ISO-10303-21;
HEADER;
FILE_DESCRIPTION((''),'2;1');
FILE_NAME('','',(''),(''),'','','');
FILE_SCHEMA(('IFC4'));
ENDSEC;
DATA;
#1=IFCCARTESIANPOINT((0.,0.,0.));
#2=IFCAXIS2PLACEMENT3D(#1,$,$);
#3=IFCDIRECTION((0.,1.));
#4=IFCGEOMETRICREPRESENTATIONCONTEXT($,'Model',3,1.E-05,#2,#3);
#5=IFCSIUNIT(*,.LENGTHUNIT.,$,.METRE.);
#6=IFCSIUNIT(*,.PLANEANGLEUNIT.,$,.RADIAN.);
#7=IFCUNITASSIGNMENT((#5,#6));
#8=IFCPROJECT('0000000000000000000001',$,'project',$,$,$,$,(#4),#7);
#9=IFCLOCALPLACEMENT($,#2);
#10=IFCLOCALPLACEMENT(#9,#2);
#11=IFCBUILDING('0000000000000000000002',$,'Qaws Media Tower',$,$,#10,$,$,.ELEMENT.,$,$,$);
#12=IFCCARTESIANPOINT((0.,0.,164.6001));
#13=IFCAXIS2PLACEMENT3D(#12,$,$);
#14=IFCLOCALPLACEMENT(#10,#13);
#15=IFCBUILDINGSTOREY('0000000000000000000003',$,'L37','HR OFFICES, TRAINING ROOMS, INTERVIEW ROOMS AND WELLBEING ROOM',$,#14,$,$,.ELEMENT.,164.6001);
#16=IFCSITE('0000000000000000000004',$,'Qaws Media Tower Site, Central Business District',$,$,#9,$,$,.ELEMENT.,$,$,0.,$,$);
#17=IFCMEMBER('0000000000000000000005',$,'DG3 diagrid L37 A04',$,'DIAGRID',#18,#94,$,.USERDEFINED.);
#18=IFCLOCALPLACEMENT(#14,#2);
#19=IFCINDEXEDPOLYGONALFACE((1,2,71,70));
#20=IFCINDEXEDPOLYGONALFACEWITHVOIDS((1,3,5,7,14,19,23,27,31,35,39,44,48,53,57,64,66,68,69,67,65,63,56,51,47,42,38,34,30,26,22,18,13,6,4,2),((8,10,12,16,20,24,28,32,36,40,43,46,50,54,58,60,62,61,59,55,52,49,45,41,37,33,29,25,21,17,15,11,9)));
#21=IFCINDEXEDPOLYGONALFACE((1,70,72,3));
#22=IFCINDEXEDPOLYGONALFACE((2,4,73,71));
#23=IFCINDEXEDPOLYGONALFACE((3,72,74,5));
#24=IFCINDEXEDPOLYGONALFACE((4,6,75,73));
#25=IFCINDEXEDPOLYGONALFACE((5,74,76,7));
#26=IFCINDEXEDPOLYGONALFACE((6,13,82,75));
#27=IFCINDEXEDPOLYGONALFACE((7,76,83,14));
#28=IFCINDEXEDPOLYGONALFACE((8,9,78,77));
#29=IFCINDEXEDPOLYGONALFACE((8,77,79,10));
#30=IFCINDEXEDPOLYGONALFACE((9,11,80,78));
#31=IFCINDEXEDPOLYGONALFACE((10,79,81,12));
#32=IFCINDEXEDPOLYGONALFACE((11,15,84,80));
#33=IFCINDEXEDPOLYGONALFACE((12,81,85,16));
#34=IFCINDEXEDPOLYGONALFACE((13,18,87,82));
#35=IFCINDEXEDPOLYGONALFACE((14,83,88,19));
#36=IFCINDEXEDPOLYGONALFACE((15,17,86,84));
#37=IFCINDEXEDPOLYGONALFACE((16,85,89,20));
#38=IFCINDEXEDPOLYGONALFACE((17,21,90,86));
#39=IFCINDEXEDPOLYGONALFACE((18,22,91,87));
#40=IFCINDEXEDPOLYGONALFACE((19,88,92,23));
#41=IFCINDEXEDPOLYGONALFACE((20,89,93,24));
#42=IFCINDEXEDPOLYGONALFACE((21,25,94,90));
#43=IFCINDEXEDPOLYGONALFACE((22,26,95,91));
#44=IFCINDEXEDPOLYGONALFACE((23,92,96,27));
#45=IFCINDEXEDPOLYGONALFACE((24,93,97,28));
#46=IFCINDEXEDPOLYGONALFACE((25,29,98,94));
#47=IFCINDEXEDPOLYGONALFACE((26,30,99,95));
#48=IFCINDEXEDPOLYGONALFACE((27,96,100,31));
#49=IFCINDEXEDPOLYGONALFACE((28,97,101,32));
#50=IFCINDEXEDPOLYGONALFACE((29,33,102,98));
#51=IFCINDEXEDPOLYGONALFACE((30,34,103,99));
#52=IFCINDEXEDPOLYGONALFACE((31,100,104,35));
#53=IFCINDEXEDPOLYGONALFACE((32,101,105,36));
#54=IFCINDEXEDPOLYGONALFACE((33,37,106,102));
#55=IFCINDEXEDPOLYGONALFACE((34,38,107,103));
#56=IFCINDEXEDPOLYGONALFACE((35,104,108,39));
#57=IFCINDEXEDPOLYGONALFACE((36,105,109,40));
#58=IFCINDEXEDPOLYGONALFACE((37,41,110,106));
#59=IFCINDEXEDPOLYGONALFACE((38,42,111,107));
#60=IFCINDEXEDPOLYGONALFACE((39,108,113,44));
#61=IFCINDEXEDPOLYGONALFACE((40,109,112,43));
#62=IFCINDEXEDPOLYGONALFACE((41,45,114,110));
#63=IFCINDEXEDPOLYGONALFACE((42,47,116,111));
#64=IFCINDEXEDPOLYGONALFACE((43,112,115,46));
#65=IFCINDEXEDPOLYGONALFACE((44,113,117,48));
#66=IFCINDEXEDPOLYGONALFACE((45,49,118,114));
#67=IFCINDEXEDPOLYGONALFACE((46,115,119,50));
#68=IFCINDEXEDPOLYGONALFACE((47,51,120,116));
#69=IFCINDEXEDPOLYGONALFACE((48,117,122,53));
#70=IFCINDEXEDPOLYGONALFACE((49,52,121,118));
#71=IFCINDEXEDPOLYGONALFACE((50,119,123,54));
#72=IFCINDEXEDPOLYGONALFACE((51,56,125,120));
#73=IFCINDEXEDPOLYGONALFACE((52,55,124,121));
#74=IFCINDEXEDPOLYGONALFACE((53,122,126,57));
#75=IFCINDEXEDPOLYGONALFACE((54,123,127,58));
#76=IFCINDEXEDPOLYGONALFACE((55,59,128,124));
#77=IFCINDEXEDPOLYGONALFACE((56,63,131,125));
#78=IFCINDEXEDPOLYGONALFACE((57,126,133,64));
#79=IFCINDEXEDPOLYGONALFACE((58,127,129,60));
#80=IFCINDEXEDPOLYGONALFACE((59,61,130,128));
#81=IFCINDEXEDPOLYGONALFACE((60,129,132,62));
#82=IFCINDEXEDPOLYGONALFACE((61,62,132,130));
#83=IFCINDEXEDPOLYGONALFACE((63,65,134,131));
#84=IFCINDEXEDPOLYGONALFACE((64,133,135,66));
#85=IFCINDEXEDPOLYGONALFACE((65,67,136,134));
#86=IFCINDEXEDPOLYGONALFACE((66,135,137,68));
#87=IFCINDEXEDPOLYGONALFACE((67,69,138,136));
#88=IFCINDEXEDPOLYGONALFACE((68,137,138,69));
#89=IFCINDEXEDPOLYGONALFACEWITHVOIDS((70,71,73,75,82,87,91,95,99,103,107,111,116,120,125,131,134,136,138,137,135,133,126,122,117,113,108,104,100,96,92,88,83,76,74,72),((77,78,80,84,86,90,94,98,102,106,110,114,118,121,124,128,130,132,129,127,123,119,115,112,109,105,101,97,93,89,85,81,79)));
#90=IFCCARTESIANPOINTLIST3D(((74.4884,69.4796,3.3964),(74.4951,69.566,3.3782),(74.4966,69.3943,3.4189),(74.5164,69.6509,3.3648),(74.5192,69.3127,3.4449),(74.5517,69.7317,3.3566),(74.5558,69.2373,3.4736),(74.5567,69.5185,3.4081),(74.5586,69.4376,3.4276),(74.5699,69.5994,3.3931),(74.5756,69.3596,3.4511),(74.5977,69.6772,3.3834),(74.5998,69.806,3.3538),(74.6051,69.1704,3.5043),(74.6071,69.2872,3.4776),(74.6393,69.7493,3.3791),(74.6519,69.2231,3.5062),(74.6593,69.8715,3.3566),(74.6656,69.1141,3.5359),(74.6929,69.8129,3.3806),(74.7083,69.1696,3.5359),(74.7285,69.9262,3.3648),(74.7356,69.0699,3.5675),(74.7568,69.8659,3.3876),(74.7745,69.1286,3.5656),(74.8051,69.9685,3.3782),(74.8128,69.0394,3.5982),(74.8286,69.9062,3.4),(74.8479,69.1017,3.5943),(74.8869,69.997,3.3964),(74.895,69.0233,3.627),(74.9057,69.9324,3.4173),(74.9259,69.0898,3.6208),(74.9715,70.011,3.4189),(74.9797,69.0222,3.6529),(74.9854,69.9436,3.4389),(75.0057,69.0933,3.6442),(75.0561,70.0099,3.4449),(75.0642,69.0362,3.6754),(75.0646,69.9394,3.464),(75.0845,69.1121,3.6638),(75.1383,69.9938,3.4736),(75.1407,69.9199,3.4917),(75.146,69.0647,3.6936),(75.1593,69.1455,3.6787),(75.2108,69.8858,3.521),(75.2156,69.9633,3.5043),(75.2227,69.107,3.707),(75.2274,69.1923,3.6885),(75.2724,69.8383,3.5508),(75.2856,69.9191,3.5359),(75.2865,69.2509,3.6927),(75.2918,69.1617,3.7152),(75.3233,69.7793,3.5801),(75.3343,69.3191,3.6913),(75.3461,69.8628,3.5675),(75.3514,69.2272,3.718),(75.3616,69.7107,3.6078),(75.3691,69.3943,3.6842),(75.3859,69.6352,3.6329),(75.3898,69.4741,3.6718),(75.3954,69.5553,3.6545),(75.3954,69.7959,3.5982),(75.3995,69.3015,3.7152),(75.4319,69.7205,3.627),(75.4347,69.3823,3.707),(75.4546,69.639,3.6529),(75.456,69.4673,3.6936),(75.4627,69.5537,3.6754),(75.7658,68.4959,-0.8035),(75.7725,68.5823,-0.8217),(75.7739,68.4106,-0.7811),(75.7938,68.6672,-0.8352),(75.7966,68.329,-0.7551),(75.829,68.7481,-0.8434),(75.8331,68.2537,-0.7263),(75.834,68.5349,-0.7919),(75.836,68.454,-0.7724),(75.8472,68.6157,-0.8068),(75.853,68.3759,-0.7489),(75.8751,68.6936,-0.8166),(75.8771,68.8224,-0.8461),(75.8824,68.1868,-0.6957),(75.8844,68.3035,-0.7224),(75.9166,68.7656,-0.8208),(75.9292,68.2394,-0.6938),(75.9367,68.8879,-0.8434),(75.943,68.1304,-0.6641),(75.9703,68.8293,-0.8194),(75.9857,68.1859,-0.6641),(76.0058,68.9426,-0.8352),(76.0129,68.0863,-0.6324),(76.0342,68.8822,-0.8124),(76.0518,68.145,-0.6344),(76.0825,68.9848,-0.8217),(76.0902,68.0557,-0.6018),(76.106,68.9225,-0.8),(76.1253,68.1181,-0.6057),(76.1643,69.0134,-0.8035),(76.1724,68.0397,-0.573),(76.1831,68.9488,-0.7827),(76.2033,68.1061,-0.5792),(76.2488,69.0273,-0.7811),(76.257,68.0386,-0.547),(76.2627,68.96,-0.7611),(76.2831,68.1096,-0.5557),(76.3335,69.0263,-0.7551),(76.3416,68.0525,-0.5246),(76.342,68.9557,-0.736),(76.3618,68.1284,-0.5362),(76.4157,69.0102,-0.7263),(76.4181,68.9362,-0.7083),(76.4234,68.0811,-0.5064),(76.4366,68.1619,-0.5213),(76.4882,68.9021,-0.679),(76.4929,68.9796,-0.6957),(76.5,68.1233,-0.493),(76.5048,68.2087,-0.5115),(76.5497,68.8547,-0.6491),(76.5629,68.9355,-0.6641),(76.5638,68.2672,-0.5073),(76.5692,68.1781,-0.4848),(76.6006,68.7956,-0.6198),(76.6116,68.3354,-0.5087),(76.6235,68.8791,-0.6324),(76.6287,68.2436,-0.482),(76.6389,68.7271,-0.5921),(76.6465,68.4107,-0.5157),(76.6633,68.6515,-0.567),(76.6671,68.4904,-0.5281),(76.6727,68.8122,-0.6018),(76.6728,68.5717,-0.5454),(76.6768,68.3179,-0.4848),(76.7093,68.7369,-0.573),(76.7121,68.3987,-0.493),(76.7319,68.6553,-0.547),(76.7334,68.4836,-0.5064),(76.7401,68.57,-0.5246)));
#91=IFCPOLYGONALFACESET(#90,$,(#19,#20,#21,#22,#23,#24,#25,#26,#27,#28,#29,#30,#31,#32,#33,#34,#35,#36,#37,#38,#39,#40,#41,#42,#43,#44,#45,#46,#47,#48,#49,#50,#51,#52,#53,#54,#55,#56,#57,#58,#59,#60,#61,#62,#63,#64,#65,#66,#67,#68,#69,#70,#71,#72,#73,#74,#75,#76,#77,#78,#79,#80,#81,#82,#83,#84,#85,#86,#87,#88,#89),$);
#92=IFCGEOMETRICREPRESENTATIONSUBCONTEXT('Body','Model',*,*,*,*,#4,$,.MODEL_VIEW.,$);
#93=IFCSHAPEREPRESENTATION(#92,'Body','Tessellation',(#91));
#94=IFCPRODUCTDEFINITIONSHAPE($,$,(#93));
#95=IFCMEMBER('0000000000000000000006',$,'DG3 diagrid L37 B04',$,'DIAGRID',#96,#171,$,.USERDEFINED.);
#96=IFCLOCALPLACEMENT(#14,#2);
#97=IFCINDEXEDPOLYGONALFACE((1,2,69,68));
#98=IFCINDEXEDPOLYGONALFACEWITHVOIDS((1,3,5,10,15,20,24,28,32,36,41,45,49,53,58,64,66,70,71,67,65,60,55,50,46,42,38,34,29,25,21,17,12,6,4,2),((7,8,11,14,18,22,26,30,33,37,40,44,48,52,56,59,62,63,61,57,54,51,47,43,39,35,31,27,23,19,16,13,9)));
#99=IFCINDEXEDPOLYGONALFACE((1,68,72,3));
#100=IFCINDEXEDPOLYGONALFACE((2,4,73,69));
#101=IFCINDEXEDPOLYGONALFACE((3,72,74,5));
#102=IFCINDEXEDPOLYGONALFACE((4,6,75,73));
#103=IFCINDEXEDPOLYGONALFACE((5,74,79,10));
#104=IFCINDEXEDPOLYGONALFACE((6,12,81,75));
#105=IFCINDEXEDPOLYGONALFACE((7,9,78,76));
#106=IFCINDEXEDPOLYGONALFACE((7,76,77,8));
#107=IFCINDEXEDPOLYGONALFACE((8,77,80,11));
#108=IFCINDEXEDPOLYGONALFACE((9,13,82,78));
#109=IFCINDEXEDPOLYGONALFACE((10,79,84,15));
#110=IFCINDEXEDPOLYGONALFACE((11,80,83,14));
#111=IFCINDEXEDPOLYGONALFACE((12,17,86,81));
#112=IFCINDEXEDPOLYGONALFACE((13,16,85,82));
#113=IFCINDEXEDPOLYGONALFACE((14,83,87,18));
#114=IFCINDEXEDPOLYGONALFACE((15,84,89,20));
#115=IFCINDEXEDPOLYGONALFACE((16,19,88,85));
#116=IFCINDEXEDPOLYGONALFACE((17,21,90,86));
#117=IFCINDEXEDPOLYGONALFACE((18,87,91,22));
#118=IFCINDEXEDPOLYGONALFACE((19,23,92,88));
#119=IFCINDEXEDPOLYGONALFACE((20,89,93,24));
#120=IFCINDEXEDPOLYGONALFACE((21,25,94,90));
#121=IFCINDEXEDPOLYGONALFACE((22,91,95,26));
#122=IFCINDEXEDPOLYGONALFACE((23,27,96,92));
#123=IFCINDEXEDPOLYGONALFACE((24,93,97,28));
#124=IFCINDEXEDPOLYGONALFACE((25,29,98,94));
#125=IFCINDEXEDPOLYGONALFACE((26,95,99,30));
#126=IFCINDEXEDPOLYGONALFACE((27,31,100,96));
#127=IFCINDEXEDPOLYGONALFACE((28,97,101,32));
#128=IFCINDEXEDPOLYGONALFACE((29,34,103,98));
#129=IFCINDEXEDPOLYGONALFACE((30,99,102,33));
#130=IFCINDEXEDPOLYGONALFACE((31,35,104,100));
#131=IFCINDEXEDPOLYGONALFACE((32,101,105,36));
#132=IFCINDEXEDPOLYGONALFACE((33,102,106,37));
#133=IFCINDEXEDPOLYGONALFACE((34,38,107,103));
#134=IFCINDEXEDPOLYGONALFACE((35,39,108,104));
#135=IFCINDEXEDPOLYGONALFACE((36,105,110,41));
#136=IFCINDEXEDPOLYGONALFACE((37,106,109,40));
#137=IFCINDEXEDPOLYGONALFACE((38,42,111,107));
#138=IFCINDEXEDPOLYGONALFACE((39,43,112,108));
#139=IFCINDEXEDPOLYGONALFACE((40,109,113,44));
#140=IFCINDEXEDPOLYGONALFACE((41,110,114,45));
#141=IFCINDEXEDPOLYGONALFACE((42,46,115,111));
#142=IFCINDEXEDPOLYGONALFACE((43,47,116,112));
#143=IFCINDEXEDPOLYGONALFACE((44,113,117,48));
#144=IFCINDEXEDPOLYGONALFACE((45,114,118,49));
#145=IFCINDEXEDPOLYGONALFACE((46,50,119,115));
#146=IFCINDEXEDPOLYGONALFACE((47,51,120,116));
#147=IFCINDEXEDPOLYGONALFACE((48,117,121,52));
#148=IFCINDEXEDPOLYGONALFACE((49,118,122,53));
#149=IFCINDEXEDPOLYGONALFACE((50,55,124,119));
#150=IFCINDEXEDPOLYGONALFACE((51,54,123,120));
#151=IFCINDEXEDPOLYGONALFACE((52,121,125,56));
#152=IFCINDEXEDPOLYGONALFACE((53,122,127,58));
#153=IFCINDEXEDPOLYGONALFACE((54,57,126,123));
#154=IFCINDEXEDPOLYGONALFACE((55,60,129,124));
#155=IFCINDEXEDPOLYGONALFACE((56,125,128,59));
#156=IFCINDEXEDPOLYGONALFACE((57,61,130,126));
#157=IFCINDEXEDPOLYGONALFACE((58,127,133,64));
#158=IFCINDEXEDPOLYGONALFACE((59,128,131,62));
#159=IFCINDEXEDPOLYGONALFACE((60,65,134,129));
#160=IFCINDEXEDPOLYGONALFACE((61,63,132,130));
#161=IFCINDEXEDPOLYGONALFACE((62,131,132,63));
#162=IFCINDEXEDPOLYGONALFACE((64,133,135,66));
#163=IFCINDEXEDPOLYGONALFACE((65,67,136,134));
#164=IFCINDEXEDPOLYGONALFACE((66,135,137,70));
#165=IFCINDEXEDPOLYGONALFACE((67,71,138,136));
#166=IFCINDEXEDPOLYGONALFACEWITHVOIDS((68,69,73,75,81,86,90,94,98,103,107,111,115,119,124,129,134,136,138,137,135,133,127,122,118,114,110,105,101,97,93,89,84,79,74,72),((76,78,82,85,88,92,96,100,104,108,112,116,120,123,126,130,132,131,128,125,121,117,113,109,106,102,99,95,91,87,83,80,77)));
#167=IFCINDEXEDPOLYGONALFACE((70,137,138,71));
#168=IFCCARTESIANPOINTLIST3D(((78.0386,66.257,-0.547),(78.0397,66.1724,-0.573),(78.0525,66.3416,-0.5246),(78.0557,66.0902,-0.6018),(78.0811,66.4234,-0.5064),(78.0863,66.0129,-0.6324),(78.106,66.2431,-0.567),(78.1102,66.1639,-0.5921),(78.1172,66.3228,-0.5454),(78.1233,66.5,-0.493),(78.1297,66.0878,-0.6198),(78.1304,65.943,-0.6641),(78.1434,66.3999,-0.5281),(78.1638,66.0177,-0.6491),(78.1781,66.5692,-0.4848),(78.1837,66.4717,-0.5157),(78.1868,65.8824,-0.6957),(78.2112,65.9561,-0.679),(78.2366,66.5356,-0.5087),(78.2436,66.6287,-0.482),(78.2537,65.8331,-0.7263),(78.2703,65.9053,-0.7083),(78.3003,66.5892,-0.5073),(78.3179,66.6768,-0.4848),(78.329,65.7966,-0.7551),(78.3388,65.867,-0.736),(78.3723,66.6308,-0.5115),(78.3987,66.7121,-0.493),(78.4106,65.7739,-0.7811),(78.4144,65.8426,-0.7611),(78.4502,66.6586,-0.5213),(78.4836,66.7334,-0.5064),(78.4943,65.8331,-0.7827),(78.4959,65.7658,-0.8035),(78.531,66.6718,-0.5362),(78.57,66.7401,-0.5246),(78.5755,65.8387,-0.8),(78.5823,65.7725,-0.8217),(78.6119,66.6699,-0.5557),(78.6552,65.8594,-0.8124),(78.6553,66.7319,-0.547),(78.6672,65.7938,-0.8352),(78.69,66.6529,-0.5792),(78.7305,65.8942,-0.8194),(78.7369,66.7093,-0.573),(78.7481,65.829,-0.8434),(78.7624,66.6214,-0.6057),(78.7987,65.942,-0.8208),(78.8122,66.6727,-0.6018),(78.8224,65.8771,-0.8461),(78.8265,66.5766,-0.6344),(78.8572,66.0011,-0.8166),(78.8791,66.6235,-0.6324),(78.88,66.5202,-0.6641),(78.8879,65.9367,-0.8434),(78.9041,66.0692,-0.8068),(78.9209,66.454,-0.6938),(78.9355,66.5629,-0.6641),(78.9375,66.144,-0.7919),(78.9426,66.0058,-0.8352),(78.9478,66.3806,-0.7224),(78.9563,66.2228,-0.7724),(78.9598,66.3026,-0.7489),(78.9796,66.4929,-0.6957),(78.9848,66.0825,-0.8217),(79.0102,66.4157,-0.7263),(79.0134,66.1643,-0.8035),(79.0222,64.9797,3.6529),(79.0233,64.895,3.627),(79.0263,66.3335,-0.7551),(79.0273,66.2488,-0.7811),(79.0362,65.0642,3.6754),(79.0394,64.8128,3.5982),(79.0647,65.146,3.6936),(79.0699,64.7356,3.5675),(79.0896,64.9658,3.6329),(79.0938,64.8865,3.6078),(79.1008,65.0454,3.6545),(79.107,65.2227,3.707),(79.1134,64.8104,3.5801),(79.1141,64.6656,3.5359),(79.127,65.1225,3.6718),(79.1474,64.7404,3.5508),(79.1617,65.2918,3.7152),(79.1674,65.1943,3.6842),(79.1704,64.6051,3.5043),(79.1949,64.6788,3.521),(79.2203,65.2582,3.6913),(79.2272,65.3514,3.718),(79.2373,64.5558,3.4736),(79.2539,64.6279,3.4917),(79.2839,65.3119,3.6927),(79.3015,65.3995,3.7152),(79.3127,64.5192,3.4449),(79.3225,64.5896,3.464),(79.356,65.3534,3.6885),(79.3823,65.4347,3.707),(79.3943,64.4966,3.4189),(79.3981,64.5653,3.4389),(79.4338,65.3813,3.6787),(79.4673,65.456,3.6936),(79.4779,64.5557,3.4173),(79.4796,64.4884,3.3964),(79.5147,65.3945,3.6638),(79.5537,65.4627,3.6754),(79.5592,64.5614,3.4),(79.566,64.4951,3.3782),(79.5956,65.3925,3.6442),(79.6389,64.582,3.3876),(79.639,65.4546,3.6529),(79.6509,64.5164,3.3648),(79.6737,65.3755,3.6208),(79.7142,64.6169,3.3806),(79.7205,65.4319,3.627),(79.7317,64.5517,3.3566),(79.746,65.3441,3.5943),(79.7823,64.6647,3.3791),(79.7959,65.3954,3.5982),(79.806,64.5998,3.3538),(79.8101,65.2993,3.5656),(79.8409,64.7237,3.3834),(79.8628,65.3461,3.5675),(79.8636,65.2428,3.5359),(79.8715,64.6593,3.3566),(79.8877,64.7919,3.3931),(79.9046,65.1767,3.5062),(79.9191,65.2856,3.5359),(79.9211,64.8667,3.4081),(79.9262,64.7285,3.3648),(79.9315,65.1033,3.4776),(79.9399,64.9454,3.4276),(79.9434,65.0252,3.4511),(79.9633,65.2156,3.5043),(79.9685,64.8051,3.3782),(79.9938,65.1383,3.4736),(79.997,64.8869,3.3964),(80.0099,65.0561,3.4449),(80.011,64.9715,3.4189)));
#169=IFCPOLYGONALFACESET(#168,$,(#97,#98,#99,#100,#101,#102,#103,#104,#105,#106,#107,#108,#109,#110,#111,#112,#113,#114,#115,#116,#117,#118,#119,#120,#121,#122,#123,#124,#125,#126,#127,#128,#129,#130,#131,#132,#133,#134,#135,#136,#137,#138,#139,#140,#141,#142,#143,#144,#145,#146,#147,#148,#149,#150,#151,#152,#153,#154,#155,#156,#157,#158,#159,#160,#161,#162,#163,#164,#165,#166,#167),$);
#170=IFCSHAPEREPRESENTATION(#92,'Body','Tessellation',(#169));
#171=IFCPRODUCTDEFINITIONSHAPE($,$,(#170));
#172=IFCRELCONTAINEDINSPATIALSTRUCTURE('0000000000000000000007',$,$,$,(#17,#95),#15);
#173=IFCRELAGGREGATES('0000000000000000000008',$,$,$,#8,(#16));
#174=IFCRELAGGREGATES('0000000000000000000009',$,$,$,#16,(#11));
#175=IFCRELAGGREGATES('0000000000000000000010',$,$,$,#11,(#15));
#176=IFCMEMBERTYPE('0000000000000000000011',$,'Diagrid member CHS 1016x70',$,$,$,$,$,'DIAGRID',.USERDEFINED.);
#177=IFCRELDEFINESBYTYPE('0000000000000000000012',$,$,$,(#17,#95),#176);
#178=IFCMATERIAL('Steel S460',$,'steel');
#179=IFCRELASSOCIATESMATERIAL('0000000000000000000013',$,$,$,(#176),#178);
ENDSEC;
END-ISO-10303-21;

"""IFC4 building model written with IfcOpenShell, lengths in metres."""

from ifc_helpers import new_model, si_unit, direction, frame, origin, origin_2d, place, context, subcontext, project, spatial, hollow_circle, extrude, material, material_profile, profile_set, type_object, element, save


model = new_model("IFC4")

# Units and contexts
model_context = context("Model", 3, precision=1e-05, world=origin(), true_north=direction((0.0, 1.0)))
body_context = subcontext(model_context, "Body", "Model", "MODEL_VIEW")
ifc_project = project(units=[si_unit("LENGTHUNIT", "METRE"), si_unit("PLANEANGLEUNIT", "RADIAN")], contexts=[model_context])

# Site, building, storey
site_placement = place(None, origin())
site = spatial("IfcSite", under=ifc_project, at=site_placement, Name="Qaws Media Tower Site, Central Business District", CompositionType="ELEMENT", RefElevation=0.0)
building_placement = place(site_placement, origin())
building = spatial("IfcBuilding", under=site, at=building_placement, Name="Qaws Media Tower", CompositionType="ELEMENT")
storey_placement = place(building_placement, frame((0.0, 0.0, 164.6001)))
storey = spatial("IfcBuildingStorey", under=building, at=storey_placement, Name="L37", Description="HR OFFICES, TRAINING ROOMS, INTERVIEW ROOMS AND WELLBEING ROOM", CompositionType="ELEMENT", Elevation=164.6001)

# Members
ifc_material_1 = material(Name="Steel S460", Category="steel")
ifc_material_profile_1 = material_profile(ifc_material_1, hollow_circle(Radius=0.5081, WallThickness=0.0701, at=origin_2d()), Name="CHS 1016x70")
ifc_profile_set_1 = profile_set([ifc_material_profile_1], Name="Steel S460")
member_type_1 = type_object("IfcMemberType", Name="Diagrid member CHS 1016x70", ElementType="DIAGRID", PredefinedType="USERDEFINED", material=ifc_profile_set_1)
for number, where, z_axis, x_axis, name in (
    (1, (76.2529, 68.533, -0.6641), (-0.283933, 0.218648, 0.933582), (-0.610128, -0.792303, 0.0), "DG3 diagrid L37 A04"),
    (2, (78.533, 66.2529, -0.6641), (0.218648, -0.283933, 0.933582), (0.792303, 0.610128, 0.0), "DG3 diagrid L37 B04"),
):
    element("IfcMember", number, at=place(storey_placement, frame(where, z_axis=z_axis, x_axis=x_axis)), inside=storey, type_object=member_type_1, Name=name, ObjectType="DIAGRID", PredefinedType="USERDEFINED", context=body_context, shape_type="SweptSolid", body=[
        extrude(hollow_circle(Radius=0.5081, WallThickness=0.0701, at=origin_2d()), origin(), (0.0, 0.0, 1.0), 4.4988),
    ])

save(model, "model.ifc")
